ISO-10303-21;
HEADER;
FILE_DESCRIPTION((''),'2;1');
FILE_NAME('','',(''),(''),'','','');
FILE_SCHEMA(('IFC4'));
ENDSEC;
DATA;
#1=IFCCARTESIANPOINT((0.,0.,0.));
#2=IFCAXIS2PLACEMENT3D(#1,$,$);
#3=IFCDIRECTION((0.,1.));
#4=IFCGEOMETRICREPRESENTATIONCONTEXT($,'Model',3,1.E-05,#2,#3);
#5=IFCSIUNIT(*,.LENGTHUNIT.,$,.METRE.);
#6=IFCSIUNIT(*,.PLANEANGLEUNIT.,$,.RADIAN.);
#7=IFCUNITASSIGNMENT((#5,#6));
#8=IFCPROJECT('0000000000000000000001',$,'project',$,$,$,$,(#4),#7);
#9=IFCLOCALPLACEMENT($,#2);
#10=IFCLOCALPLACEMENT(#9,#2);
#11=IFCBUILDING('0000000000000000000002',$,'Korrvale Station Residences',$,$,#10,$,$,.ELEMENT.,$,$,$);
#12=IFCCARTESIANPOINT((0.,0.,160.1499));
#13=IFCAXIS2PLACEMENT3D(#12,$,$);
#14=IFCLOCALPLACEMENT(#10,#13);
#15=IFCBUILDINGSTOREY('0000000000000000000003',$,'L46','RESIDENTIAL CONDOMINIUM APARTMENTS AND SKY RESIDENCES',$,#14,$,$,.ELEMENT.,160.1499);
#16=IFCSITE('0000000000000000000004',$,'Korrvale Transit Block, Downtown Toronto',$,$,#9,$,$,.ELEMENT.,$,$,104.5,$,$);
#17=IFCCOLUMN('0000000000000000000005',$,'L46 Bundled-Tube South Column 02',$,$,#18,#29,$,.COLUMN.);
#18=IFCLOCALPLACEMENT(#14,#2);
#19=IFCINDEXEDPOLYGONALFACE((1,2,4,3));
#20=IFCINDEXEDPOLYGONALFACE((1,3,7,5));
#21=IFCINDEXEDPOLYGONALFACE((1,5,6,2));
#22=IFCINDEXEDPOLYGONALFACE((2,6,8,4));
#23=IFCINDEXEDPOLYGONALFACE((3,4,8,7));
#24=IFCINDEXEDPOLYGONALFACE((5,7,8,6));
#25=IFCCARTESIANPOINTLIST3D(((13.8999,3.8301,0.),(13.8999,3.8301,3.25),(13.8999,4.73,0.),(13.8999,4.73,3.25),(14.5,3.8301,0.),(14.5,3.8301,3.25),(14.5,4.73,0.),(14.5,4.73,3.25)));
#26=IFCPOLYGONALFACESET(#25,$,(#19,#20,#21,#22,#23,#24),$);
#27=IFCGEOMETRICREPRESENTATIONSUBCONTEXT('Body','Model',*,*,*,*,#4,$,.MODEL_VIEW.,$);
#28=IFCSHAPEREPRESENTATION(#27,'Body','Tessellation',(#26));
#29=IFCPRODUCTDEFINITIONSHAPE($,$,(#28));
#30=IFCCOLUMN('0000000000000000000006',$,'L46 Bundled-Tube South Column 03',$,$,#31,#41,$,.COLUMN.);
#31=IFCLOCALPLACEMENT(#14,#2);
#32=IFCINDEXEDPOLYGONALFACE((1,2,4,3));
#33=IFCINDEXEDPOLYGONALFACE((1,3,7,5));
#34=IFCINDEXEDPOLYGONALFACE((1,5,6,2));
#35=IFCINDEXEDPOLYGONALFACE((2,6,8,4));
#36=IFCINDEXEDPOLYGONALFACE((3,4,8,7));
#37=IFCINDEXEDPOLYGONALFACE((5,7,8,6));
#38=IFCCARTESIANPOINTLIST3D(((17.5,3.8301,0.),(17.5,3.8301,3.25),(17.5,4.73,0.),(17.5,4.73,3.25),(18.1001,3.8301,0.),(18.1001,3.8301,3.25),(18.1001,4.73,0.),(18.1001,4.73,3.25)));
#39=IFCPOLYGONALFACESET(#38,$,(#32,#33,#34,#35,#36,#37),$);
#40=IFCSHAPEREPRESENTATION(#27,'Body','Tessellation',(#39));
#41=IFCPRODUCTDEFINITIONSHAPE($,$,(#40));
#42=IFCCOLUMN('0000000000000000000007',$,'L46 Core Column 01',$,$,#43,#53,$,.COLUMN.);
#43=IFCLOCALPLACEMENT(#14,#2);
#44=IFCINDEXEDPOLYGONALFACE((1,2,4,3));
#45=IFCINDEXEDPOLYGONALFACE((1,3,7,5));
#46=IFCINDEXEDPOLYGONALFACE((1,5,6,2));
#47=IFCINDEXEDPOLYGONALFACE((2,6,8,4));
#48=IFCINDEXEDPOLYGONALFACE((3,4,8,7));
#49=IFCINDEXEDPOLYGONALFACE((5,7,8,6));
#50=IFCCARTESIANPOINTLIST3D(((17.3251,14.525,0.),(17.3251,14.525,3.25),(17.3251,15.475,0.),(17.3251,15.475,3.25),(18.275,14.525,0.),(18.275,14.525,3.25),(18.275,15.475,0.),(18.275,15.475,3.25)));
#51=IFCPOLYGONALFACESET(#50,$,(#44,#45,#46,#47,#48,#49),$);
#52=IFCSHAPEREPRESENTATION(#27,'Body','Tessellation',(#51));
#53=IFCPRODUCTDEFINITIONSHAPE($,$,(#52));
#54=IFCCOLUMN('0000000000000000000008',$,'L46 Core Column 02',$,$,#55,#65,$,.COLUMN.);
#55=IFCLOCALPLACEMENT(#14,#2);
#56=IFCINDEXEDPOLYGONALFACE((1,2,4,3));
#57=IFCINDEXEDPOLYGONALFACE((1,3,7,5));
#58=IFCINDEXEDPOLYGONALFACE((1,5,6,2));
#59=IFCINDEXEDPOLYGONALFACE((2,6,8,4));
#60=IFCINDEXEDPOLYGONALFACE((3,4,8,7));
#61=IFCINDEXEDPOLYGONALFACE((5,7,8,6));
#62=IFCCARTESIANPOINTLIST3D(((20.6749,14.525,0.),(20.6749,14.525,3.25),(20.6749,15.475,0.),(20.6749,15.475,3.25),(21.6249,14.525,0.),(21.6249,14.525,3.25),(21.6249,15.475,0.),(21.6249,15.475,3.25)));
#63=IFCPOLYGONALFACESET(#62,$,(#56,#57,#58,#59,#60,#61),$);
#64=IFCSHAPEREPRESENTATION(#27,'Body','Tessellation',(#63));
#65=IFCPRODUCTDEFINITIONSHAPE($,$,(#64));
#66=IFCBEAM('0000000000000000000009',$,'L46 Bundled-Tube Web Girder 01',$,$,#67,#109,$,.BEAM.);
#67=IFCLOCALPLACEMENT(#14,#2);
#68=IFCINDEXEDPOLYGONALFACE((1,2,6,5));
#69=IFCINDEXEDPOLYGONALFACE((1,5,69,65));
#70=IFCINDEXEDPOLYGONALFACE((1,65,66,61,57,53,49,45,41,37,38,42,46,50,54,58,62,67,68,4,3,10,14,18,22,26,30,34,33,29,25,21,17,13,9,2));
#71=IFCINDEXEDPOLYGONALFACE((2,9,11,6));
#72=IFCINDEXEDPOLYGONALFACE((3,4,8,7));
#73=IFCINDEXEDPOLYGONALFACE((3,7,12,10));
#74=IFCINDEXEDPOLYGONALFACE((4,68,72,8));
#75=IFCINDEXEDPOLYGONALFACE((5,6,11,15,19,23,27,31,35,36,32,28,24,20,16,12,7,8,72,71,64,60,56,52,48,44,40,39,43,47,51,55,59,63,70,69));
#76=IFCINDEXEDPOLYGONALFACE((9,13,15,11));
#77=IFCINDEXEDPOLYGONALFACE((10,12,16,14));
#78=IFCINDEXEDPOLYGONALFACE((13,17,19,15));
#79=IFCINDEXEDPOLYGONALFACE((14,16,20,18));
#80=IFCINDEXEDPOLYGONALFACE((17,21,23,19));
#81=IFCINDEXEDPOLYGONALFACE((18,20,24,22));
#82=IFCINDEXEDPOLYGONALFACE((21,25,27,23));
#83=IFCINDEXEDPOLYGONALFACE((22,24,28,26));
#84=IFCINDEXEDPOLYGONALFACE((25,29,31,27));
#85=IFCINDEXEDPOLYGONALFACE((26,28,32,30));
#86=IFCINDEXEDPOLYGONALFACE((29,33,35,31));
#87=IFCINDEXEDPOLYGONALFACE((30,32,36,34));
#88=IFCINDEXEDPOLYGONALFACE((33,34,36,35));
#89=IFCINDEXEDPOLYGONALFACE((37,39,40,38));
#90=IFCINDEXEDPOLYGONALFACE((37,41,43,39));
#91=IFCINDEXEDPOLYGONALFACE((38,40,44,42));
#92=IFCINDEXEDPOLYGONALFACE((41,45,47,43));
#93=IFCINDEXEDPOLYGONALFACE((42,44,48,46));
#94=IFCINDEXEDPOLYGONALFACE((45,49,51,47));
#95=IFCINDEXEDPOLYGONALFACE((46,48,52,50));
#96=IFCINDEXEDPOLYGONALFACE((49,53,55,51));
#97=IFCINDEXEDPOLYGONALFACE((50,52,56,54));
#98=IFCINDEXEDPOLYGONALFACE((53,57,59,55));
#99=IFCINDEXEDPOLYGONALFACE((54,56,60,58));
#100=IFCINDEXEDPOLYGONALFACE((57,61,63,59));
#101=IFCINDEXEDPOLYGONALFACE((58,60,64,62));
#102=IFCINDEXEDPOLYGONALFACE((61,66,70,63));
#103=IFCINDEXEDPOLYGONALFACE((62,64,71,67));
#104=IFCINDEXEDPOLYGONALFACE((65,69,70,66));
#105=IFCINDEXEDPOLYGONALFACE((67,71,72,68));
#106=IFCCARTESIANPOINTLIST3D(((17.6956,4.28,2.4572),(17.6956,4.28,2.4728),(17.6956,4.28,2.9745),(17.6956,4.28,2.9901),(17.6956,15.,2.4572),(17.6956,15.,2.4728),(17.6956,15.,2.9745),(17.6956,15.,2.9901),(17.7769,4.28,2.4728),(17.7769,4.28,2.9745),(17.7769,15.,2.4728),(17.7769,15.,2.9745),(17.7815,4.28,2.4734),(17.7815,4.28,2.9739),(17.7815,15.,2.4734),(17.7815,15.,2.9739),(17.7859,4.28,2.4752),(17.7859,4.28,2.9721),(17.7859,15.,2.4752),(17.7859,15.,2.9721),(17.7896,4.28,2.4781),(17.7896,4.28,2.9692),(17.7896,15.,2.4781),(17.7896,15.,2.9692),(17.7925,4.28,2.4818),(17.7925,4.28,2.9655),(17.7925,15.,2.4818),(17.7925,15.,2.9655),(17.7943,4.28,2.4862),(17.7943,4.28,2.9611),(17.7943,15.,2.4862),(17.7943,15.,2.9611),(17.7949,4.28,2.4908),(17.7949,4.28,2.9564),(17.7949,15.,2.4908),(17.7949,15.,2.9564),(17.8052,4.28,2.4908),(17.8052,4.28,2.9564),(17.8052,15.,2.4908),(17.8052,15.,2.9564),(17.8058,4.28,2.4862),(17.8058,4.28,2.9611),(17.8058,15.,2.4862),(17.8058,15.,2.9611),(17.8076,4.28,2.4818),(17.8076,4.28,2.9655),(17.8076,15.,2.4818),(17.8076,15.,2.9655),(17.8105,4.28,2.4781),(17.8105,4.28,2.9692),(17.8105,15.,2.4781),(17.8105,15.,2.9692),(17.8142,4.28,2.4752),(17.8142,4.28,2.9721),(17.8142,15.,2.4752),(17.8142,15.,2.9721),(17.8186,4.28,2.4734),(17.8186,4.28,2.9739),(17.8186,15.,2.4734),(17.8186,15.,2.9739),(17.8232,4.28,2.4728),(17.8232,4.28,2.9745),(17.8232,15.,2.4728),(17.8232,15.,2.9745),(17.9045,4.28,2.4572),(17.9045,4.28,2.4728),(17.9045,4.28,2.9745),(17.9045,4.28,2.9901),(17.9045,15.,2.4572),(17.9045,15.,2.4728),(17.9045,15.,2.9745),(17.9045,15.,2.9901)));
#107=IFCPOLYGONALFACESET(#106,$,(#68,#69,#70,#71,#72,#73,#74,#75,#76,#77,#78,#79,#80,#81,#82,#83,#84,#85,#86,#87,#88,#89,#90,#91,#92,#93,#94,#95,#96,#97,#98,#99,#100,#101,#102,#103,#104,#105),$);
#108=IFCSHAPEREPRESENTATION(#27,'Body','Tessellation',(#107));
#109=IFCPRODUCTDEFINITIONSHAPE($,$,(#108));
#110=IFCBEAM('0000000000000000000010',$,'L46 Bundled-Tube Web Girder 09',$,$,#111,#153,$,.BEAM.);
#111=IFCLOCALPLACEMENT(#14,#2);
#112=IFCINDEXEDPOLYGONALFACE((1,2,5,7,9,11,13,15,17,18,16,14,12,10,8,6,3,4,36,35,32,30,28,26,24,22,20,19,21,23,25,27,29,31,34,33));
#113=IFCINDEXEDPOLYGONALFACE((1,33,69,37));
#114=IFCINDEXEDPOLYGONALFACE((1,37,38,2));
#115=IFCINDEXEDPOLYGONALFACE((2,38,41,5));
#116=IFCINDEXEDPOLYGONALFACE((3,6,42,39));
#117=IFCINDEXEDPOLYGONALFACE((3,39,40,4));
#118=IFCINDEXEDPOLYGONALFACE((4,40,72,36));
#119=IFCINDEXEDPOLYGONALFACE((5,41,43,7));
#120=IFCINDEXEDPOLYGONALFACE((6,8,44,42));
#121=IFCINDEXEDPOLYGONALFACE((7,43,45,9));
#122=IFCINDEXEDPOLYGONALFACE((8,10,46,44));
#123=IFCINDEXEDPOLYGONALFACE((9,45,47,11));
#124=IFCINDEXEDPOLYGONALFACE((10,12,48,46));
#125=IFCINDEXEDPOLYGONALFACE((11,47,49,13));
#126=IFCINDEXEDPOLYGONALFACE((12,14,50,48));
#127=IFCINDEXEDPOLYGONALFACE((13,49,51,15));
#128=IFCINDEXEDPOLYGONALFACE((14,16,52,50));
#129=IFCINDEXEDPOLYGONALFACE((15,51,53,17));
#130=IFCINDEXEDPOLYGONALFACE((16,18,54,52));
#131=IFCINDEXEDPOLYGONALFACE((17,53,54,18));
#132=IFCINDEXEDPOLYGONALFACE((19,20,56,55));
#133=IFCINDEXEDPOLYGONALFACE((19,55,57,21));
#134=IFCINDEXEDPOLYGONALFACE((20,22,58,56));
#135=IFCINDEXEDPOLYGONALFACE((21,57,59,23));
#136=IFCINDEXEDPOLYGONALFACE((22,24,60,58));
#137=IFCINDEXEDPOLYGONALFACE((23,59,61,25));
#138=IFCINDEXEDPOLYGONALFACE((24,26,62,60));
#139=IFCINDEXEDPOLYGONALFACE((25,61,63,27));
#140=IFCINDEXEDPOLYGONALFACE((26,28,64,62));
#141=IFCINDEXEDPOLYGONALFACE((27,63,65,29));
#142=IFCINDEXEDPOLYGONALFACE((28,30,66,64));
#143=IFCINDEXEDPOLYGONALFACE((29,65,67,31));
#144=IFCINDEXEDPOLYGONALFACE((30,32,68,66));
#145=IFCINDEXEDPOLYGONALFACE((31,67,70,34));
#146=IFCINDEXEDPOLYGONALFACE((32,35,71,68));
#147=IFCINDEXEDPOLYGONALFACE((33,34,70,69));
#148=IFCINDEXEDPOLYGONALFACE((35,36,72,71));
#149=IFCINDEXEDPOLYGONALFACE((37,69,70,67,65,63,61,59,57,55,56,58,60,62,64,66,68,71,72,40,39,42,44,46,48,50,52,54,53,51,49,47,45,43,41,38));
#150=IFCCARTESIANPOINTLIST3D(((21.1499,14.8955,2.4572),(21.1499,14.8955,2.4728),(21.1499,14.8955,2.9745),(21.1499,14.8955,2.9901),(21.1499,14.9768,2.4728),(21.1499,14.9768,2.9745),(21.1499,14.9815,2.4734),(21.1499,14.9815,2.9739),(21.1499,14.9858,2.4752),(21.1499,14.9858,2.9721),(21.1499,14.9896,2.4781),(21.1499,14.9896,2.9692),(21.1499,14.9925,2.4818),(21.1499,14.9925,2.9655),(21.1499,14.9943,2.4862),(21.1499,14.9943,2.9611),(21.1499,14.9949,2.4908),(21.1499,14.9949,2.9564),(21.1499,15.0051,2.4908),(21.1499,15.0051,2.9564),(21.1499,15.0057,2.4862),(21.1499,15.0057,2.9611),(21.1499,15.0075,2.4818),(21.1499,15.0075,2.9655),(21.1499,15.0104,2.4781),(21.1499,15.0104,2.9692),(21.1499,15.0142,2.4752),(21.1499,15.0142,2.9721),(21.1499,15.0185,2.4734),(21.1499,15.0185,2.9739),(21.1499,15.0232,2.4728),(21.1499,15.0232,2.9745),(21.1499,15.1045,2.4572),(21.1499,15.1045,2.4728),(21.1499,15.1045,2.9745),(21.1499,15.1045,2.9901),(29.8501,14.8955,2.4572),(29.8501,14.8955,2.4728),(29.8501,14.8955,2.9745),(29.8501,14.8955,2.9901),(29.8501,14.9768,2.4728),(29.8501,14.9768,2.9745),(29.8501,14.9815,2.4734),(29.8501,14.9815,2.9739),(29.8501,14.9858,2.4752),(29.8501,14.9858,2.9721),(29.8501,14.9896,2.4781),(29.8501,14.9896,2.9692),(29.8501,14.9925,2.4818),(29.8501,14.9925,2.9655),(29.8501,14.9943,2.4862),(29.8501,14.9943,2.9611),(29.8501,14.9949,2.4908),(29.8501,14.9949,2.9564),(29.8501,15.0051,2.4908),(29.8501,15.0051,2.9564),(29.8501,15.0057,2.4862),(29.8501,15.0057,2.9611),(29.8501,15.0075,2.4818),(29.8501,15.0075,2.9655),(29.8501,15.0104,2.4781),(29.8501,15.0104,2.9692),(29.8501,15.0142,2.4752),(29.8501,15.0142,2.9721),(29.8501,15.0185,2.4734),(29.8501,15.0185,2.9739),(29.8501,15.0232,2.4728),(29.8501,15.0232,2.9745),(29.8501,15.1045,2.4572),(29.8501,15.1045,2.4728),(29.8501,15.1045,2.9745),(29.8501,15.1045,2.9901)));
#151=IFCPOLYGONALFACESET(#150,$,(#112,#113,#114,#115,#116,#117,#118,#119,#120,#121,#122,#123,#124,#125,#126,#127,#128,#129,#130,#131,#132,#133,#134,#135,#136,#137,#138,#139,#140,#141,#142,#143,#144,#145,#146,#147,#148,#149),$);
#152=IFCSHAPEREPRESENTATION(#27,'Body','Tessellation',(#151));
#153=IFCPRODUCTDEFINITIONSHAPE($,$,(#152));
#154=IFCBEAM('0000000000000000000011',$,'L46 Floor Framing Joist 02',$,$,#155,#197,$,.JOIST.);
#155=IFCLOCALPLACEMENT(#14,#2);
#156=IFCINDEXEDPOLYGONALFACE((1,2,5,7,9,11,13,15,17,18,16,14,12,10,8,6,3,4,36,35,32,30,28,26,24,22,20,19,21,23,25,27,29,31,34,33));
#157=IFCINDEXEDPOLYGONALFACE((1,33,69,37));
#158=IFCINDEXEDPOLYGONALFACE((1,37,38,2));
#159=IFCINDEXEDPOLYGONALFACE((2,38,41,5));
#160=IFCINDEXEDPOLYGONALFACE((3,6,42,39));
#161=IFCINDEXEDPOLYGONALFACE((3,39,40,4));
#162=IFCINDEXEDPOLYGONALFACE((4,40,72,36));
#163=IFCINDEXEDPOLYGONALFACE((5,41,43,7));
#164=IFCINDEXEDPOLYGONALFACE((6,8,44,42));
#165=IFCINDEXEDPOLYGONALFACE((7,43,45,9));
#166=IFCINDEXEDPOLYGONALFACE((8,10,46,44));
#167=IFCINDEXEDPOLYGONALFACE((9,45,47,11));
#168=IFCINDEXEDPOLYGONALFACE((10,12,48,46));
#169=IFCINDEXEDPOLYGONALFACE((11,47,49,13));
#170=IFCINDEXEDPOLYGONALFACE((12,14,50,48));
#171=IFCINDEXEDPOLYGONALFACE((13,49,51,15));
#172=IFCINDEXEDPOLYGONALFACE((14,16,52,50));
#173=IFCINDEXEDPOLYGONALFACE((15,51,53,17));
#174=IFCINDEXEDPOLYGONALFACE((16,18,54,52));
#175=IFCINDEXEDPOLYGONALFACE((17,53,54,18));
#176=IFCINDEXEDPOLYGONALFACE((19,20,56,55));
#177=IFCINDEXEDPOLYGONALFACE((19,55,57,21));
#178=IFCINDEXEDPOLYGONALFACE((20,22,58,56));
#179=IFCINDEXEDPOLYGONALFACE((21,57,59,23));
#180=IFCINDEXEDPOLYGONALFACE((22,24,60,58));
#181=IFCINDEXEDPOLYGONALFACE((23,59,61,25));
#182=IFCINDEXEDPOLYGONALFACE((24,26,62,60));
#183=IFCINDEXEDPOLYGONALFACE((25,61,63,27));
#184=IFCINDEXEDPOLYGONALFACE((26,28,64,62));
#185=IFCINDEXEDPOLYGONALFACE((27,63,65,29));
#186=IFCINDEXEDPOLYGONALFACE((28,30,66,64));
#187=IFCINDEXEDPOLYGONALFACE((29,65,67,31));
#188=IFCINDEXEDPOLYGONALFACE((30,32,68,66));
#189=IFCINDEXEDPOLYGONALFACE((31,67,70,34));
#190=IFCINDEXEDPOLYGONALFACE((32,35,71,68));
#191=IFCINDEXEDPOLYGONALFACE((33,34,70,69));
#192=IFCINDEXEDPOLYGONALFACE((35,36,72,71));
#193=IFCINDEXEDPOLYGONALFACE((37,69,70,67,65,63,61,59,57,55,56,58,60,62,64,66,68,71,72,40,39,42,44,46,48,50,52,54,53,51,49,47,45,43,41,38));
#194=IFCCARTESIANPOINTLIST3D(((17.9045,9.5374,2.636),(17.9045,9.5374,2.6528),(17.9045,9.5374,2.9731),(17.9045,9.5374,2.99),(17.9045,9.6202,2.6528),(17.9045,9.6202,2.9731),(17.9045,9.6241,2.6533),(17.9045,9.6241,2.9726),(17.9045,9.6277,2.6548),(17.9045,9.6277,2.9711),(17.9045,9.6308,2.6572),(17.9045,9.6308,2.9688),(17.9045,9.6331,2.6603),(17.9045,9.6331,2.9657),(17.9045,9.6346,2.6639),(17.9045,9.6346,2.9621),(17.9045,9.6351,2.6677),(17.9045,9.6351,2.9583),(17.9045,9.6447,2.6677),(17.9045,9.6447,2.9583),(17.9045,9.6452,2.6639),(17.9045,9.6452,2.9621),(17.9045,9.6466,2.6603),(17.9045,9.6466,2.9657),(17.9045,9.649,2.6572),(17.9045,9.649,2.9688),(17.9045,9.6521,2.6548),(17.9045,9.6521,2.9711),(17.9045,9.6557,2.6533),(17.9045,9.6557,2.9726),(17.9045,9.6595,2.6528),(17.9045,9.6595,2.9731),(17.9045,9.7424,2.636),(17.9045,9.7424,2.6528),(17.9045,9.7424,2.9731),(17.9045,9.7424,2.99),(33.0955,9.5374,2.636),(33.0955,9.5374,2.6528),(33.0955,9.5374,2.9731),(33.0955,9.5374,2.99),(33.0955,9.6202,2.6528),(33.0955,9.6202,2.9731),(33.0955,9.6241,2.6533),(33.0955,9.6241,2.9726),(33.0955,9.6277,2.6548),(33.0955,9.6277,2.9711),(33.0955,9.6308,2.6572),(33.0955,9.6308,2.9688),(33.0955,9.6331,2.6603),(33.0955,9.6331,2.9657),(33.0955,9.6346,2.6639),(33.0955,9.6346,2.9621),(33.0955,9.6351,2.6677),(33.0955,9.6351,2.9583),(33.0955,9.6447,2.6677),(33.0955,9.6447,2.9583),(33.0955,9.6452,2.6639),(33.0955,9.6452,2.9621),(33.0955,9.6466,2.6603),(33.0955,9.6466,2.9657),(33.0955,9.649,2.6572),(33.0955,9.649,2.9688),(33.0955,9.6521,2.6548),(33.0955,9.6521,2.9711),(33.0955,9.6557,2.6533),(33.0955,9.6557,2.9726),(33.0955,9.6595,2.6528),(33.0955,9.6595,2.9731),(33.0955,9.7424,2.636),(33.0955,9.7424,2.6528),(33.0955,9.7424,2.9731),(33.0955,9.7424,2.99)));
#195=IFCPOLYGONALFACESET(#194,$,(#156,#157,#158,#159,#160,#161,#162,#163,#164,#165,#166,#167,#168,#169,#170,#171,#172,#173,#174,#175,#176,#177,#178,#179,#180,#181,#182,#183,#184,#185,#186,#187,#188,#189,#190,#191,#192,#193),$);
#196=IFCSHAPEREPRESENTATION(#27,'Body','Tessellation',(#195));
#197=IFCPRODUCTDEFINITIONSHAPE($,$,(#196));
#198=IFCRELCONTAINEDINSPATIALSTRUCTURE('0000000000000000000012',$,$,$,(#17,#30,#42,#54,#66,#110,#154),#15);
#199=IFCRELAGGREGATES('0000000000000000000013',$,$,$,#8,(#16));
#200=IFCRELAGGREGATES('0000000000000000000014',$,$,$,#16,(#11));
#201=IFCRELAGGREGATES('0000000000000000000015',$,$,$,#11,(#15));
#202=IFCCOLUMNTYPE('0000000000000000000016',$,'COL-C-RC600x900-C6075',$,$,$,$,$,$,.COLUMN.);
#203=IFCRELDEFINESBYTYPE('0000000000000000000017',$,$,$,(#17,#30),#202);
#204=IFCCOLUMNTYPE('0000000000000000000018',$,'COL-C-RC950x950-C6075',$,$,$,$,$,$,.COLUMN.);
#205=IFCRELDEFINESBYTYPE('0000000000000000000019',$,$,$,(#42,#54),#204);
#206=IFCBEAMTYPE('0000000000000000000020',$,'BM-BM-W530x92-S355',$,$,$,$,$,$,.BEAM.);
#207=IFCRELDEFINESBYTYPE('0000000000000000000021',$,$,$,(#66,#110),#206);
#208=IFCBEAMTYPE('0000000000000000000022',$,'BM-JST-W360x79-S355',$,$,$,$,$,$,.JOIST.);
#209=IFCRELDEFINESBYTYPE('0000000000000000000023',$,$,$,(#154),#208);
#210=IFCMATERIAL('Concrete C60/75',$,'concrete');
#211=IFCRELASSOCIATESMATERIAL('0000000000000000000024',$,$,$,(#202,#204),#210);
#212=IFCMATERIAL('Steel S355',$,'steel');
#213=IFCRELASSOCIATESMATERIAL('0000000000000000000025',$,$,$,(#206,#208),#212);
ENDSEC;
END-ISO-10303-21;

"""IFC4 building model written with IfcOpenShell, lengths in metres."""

from ifc_helpers import new_model, si_unit, direction, frame, origin, origin_2d, place, context, subcontext, project, spatial, rectangle, i_section, extrude, material, material_profile, profile_set, type_object, element, save


model = new_model("IFC4")

# Units and contexts
model_context = context("Model", 3, precision=1e-05, world=origin(), true_north=direction((0.0, 1.0)))
body_context = subcontext(model_context, "Body", "Model", "MODEL_VIEW")
ifc_project = project(units=[si_unit("LENGTHUNIT", "METRE"), si_unit("PLANEANGLEUNIT", "RADIAN")], contexts=[model_context])

# Site, building, storey
site_placement = place(None, origin())
site = spatial("IfcSite", under=ifc_project, at=site_placement, Name="Korrvale Transit Block, Downtown Toronto", CompositionType="ELEMENT", RefElevation=104.5)
building_placement = place(site_placement, origin())
building = spatial("IfcBuilding", under=site, at=building_placement, Name="Korrvale Station Residences", CompositionType="ELEMENT")
storey_placement = place(building_placement, frame((0.0, 0.0, 160.1499)))
storey = spatial("IfcBuildingStorey", under=building, at=storey_placement, Name="L46", Description="RESIDENTIAL CONDOMINIUM APARTMENTS AND SKY RESIDENCES", CompositionType="ELEMENT", Elevation=160.1499)

# Columns
ifc_material_1 = material(Name="Concrete C60/75", Category="concrete")
ifc_material_profile_1 = material_profile(ifc_material_1, rectangle(XDim=0.6001, YDim=0.8999, at=origin_2d()), Name="RC600x900")
ifc_profile_set_1 = profile_set([ifc_material_profile_1], Name="Concrete C60/75")
column_type_1 = type_object("IfcColumnType", Name="COL-C-RC600x900-C6075", PredefinedType="COLUMN", material=ifc_profile_set_1)
for number, where, z_axis, x_axis, name in (
    (1, (14.2, 4.28, 0.0), (0.0, 0.0, 1.0), (1.0, 0.0, 0.0), "L46 Bundled-Tube South Column 02"),
    (2, (17.8, 4.28, 0.0), (0.0, 0.0, 1.0), (1.0, 0.0, 0.0), "L46 Bundled-Tube South Column 03"),
):
    element("IfcColumn", number, at=place(storey_placement, frame(where, z_axis=z_axis, x_axis=x_axis)), inside=storey, type_object=column_type_1, Name=name, PredefinedType="COLUMN", context=body_context, shape_type="SweptSolid", body=[
        extrude(rectangle(XDim=0.6001, YDim=0.8999, at=origin_2d()), origin(), (0.0, 0.0, 1.0), 3.25),
    ])
ifc_material_profile_2 = material_profile(ifc_material_1, rectangle(XDim=0.95, YDim=0.95, at=origin_2d()), Name="RC950x950")
ifc_profile_set_2 = profile_set([ifc_material_profile_2], Name="Concrete C60/75")
column_type_2 = type_object("IfcColumnType", Name="COL-C-RC950x950-C6075", PredefinedType="COLUMN", material=ifc_profile_set_2)
for number, where, z_axis, x_axis, name in (
    (3, (17.8, 15.0, 0.0), (0.0, 0.0, 1.0), (1.0, 0.0, 0.0), "L46 Core Column 01"),
    (4, (21.1499, 15.0, 0.0), (0.0, 0.0, 1.0), (1.0, 0.0, 0.0), "L46 Core Column 02"),
):
    element("IfcColumn", number, at=place(storey_placement, frame(where, z_axis=z_axis, x_axis=x_axis)), inside=storey, type_object=column_type_2, Name=name, PredefinedType="COLUMN", context=body_context, shape_type="SweptSolid", body=[
        extrude(rectangle(XDim=0.95, YDim=0.95, at=origin_2d()), origin(), (0.0, 0.0, 1.0), 3.25),
    ])

# Beams
ifc_material_2 = material(Name="Steel S355", Category="steel")
ifc_material_profile_3 = material_profile(ifc_material_2, i_section(OverallWidth=0.209, OverallDepth=0.533, WebThickness=0.0103, FlangeThickness=0.0156, FilletRadius=0.0181, at=origin_2d()), Name="W530x92")
ifc_profile_set_3 = profile_set([ifc_material_profile_3], Name="Steel S355")
beam_type_1 = type_object("IfcBeamType", Name="BM-BM-W530x92-S355", PredefinedType="BEAM", material=ifc_profile_set_3)
beam_1_placement = place(storey_placement, frame((17.8, 4.28, 2.7236), z_axis=(0.0, 1.0, 0.0), x_axis=(-1.0, 0.0, 0.0)))
element("IfcBeam", 5, at=beam_1_placement, inside=storey, type_object=beam_type_1, Name="L46 Bundled-Tube Web Girder 01", PredefinedType="BEAM", context=body_context, shape_type="SweptSolid", body=[
    extrude(i_section(OverallWidth=0.209, OverallDepth=0.533, WebThickness=0.0103, FlangeThickness=0.0156, FilletRadius=0.0181, at=origin_2d()), origin(), (0.0, 0.0, 1.0), 10.72),
])
beam_2_placement = place(storey_placement, frame((21.1499, 15.0, 2.7236), z_axis=(1.0, 0.0, 0.0), x_axis=(0.0, 1.0, 0.0)))
element("IfcBeam", 6, at=beam_2_placement, inside=storey, type_object=beam_type_1, Name="L46 Bundled-Tube Web Girder 09", PredefinedType="BEAM", context=body_context, shape_type="SweptSolid", body=[
    extrude(i_section(OverallWidth=0.209, OverallDepth=0.533, WebThickness=0.0103, FlangeThickness=0.0156, FilletRadius=0.0181, at=origin_2d()), origin(), (0.0, 0.0, 1.0), 8.7002),
])
ifc_material_profile_4 = material_profile(ifc_material_2, i_section(OverallWidth=0.2051, OverallDepth=0.354, WebThickness=0.0095, FlangeThickness=0.0168, FilletRadius=0.0149, at=origin_2d()), Name="W360x79")
ifc_profile_set_4 = profile_set([ifc_material_profile_4], Name="Steel S355")
beam_type_2 = type_object("IfcBeamType", Name="BM-JST-W360x79-S355", PredefinedType="JOIST", material=ifc_profile_set_4)
beam_3_placement = place(storey_placement, frame((17.9045, 9.6399, 2.813), z_axis=(1.0, 0.0, 0.0), x_axis=(0.0, 1.0, 0.0)))
element("IfcBeam", 7, at=beam_3_placement, inside=storey, type_object=beam_type_2, Name="L46 Floor Framing Joist 02", PredefinedType="JOIST", context=body_context, shape_type="SweptSolid", body=[
    extrude(i_section(OverallWidth=0.2051, OverallDepth=0.354, WebThickness=0.0095, FlangeThickness=0.0168, FilletRadius=0.0149, at=origin_2d()), origin(), (0.0, 0.0, 1.0), 15.1909),
])

save(model, "model.ifc")
